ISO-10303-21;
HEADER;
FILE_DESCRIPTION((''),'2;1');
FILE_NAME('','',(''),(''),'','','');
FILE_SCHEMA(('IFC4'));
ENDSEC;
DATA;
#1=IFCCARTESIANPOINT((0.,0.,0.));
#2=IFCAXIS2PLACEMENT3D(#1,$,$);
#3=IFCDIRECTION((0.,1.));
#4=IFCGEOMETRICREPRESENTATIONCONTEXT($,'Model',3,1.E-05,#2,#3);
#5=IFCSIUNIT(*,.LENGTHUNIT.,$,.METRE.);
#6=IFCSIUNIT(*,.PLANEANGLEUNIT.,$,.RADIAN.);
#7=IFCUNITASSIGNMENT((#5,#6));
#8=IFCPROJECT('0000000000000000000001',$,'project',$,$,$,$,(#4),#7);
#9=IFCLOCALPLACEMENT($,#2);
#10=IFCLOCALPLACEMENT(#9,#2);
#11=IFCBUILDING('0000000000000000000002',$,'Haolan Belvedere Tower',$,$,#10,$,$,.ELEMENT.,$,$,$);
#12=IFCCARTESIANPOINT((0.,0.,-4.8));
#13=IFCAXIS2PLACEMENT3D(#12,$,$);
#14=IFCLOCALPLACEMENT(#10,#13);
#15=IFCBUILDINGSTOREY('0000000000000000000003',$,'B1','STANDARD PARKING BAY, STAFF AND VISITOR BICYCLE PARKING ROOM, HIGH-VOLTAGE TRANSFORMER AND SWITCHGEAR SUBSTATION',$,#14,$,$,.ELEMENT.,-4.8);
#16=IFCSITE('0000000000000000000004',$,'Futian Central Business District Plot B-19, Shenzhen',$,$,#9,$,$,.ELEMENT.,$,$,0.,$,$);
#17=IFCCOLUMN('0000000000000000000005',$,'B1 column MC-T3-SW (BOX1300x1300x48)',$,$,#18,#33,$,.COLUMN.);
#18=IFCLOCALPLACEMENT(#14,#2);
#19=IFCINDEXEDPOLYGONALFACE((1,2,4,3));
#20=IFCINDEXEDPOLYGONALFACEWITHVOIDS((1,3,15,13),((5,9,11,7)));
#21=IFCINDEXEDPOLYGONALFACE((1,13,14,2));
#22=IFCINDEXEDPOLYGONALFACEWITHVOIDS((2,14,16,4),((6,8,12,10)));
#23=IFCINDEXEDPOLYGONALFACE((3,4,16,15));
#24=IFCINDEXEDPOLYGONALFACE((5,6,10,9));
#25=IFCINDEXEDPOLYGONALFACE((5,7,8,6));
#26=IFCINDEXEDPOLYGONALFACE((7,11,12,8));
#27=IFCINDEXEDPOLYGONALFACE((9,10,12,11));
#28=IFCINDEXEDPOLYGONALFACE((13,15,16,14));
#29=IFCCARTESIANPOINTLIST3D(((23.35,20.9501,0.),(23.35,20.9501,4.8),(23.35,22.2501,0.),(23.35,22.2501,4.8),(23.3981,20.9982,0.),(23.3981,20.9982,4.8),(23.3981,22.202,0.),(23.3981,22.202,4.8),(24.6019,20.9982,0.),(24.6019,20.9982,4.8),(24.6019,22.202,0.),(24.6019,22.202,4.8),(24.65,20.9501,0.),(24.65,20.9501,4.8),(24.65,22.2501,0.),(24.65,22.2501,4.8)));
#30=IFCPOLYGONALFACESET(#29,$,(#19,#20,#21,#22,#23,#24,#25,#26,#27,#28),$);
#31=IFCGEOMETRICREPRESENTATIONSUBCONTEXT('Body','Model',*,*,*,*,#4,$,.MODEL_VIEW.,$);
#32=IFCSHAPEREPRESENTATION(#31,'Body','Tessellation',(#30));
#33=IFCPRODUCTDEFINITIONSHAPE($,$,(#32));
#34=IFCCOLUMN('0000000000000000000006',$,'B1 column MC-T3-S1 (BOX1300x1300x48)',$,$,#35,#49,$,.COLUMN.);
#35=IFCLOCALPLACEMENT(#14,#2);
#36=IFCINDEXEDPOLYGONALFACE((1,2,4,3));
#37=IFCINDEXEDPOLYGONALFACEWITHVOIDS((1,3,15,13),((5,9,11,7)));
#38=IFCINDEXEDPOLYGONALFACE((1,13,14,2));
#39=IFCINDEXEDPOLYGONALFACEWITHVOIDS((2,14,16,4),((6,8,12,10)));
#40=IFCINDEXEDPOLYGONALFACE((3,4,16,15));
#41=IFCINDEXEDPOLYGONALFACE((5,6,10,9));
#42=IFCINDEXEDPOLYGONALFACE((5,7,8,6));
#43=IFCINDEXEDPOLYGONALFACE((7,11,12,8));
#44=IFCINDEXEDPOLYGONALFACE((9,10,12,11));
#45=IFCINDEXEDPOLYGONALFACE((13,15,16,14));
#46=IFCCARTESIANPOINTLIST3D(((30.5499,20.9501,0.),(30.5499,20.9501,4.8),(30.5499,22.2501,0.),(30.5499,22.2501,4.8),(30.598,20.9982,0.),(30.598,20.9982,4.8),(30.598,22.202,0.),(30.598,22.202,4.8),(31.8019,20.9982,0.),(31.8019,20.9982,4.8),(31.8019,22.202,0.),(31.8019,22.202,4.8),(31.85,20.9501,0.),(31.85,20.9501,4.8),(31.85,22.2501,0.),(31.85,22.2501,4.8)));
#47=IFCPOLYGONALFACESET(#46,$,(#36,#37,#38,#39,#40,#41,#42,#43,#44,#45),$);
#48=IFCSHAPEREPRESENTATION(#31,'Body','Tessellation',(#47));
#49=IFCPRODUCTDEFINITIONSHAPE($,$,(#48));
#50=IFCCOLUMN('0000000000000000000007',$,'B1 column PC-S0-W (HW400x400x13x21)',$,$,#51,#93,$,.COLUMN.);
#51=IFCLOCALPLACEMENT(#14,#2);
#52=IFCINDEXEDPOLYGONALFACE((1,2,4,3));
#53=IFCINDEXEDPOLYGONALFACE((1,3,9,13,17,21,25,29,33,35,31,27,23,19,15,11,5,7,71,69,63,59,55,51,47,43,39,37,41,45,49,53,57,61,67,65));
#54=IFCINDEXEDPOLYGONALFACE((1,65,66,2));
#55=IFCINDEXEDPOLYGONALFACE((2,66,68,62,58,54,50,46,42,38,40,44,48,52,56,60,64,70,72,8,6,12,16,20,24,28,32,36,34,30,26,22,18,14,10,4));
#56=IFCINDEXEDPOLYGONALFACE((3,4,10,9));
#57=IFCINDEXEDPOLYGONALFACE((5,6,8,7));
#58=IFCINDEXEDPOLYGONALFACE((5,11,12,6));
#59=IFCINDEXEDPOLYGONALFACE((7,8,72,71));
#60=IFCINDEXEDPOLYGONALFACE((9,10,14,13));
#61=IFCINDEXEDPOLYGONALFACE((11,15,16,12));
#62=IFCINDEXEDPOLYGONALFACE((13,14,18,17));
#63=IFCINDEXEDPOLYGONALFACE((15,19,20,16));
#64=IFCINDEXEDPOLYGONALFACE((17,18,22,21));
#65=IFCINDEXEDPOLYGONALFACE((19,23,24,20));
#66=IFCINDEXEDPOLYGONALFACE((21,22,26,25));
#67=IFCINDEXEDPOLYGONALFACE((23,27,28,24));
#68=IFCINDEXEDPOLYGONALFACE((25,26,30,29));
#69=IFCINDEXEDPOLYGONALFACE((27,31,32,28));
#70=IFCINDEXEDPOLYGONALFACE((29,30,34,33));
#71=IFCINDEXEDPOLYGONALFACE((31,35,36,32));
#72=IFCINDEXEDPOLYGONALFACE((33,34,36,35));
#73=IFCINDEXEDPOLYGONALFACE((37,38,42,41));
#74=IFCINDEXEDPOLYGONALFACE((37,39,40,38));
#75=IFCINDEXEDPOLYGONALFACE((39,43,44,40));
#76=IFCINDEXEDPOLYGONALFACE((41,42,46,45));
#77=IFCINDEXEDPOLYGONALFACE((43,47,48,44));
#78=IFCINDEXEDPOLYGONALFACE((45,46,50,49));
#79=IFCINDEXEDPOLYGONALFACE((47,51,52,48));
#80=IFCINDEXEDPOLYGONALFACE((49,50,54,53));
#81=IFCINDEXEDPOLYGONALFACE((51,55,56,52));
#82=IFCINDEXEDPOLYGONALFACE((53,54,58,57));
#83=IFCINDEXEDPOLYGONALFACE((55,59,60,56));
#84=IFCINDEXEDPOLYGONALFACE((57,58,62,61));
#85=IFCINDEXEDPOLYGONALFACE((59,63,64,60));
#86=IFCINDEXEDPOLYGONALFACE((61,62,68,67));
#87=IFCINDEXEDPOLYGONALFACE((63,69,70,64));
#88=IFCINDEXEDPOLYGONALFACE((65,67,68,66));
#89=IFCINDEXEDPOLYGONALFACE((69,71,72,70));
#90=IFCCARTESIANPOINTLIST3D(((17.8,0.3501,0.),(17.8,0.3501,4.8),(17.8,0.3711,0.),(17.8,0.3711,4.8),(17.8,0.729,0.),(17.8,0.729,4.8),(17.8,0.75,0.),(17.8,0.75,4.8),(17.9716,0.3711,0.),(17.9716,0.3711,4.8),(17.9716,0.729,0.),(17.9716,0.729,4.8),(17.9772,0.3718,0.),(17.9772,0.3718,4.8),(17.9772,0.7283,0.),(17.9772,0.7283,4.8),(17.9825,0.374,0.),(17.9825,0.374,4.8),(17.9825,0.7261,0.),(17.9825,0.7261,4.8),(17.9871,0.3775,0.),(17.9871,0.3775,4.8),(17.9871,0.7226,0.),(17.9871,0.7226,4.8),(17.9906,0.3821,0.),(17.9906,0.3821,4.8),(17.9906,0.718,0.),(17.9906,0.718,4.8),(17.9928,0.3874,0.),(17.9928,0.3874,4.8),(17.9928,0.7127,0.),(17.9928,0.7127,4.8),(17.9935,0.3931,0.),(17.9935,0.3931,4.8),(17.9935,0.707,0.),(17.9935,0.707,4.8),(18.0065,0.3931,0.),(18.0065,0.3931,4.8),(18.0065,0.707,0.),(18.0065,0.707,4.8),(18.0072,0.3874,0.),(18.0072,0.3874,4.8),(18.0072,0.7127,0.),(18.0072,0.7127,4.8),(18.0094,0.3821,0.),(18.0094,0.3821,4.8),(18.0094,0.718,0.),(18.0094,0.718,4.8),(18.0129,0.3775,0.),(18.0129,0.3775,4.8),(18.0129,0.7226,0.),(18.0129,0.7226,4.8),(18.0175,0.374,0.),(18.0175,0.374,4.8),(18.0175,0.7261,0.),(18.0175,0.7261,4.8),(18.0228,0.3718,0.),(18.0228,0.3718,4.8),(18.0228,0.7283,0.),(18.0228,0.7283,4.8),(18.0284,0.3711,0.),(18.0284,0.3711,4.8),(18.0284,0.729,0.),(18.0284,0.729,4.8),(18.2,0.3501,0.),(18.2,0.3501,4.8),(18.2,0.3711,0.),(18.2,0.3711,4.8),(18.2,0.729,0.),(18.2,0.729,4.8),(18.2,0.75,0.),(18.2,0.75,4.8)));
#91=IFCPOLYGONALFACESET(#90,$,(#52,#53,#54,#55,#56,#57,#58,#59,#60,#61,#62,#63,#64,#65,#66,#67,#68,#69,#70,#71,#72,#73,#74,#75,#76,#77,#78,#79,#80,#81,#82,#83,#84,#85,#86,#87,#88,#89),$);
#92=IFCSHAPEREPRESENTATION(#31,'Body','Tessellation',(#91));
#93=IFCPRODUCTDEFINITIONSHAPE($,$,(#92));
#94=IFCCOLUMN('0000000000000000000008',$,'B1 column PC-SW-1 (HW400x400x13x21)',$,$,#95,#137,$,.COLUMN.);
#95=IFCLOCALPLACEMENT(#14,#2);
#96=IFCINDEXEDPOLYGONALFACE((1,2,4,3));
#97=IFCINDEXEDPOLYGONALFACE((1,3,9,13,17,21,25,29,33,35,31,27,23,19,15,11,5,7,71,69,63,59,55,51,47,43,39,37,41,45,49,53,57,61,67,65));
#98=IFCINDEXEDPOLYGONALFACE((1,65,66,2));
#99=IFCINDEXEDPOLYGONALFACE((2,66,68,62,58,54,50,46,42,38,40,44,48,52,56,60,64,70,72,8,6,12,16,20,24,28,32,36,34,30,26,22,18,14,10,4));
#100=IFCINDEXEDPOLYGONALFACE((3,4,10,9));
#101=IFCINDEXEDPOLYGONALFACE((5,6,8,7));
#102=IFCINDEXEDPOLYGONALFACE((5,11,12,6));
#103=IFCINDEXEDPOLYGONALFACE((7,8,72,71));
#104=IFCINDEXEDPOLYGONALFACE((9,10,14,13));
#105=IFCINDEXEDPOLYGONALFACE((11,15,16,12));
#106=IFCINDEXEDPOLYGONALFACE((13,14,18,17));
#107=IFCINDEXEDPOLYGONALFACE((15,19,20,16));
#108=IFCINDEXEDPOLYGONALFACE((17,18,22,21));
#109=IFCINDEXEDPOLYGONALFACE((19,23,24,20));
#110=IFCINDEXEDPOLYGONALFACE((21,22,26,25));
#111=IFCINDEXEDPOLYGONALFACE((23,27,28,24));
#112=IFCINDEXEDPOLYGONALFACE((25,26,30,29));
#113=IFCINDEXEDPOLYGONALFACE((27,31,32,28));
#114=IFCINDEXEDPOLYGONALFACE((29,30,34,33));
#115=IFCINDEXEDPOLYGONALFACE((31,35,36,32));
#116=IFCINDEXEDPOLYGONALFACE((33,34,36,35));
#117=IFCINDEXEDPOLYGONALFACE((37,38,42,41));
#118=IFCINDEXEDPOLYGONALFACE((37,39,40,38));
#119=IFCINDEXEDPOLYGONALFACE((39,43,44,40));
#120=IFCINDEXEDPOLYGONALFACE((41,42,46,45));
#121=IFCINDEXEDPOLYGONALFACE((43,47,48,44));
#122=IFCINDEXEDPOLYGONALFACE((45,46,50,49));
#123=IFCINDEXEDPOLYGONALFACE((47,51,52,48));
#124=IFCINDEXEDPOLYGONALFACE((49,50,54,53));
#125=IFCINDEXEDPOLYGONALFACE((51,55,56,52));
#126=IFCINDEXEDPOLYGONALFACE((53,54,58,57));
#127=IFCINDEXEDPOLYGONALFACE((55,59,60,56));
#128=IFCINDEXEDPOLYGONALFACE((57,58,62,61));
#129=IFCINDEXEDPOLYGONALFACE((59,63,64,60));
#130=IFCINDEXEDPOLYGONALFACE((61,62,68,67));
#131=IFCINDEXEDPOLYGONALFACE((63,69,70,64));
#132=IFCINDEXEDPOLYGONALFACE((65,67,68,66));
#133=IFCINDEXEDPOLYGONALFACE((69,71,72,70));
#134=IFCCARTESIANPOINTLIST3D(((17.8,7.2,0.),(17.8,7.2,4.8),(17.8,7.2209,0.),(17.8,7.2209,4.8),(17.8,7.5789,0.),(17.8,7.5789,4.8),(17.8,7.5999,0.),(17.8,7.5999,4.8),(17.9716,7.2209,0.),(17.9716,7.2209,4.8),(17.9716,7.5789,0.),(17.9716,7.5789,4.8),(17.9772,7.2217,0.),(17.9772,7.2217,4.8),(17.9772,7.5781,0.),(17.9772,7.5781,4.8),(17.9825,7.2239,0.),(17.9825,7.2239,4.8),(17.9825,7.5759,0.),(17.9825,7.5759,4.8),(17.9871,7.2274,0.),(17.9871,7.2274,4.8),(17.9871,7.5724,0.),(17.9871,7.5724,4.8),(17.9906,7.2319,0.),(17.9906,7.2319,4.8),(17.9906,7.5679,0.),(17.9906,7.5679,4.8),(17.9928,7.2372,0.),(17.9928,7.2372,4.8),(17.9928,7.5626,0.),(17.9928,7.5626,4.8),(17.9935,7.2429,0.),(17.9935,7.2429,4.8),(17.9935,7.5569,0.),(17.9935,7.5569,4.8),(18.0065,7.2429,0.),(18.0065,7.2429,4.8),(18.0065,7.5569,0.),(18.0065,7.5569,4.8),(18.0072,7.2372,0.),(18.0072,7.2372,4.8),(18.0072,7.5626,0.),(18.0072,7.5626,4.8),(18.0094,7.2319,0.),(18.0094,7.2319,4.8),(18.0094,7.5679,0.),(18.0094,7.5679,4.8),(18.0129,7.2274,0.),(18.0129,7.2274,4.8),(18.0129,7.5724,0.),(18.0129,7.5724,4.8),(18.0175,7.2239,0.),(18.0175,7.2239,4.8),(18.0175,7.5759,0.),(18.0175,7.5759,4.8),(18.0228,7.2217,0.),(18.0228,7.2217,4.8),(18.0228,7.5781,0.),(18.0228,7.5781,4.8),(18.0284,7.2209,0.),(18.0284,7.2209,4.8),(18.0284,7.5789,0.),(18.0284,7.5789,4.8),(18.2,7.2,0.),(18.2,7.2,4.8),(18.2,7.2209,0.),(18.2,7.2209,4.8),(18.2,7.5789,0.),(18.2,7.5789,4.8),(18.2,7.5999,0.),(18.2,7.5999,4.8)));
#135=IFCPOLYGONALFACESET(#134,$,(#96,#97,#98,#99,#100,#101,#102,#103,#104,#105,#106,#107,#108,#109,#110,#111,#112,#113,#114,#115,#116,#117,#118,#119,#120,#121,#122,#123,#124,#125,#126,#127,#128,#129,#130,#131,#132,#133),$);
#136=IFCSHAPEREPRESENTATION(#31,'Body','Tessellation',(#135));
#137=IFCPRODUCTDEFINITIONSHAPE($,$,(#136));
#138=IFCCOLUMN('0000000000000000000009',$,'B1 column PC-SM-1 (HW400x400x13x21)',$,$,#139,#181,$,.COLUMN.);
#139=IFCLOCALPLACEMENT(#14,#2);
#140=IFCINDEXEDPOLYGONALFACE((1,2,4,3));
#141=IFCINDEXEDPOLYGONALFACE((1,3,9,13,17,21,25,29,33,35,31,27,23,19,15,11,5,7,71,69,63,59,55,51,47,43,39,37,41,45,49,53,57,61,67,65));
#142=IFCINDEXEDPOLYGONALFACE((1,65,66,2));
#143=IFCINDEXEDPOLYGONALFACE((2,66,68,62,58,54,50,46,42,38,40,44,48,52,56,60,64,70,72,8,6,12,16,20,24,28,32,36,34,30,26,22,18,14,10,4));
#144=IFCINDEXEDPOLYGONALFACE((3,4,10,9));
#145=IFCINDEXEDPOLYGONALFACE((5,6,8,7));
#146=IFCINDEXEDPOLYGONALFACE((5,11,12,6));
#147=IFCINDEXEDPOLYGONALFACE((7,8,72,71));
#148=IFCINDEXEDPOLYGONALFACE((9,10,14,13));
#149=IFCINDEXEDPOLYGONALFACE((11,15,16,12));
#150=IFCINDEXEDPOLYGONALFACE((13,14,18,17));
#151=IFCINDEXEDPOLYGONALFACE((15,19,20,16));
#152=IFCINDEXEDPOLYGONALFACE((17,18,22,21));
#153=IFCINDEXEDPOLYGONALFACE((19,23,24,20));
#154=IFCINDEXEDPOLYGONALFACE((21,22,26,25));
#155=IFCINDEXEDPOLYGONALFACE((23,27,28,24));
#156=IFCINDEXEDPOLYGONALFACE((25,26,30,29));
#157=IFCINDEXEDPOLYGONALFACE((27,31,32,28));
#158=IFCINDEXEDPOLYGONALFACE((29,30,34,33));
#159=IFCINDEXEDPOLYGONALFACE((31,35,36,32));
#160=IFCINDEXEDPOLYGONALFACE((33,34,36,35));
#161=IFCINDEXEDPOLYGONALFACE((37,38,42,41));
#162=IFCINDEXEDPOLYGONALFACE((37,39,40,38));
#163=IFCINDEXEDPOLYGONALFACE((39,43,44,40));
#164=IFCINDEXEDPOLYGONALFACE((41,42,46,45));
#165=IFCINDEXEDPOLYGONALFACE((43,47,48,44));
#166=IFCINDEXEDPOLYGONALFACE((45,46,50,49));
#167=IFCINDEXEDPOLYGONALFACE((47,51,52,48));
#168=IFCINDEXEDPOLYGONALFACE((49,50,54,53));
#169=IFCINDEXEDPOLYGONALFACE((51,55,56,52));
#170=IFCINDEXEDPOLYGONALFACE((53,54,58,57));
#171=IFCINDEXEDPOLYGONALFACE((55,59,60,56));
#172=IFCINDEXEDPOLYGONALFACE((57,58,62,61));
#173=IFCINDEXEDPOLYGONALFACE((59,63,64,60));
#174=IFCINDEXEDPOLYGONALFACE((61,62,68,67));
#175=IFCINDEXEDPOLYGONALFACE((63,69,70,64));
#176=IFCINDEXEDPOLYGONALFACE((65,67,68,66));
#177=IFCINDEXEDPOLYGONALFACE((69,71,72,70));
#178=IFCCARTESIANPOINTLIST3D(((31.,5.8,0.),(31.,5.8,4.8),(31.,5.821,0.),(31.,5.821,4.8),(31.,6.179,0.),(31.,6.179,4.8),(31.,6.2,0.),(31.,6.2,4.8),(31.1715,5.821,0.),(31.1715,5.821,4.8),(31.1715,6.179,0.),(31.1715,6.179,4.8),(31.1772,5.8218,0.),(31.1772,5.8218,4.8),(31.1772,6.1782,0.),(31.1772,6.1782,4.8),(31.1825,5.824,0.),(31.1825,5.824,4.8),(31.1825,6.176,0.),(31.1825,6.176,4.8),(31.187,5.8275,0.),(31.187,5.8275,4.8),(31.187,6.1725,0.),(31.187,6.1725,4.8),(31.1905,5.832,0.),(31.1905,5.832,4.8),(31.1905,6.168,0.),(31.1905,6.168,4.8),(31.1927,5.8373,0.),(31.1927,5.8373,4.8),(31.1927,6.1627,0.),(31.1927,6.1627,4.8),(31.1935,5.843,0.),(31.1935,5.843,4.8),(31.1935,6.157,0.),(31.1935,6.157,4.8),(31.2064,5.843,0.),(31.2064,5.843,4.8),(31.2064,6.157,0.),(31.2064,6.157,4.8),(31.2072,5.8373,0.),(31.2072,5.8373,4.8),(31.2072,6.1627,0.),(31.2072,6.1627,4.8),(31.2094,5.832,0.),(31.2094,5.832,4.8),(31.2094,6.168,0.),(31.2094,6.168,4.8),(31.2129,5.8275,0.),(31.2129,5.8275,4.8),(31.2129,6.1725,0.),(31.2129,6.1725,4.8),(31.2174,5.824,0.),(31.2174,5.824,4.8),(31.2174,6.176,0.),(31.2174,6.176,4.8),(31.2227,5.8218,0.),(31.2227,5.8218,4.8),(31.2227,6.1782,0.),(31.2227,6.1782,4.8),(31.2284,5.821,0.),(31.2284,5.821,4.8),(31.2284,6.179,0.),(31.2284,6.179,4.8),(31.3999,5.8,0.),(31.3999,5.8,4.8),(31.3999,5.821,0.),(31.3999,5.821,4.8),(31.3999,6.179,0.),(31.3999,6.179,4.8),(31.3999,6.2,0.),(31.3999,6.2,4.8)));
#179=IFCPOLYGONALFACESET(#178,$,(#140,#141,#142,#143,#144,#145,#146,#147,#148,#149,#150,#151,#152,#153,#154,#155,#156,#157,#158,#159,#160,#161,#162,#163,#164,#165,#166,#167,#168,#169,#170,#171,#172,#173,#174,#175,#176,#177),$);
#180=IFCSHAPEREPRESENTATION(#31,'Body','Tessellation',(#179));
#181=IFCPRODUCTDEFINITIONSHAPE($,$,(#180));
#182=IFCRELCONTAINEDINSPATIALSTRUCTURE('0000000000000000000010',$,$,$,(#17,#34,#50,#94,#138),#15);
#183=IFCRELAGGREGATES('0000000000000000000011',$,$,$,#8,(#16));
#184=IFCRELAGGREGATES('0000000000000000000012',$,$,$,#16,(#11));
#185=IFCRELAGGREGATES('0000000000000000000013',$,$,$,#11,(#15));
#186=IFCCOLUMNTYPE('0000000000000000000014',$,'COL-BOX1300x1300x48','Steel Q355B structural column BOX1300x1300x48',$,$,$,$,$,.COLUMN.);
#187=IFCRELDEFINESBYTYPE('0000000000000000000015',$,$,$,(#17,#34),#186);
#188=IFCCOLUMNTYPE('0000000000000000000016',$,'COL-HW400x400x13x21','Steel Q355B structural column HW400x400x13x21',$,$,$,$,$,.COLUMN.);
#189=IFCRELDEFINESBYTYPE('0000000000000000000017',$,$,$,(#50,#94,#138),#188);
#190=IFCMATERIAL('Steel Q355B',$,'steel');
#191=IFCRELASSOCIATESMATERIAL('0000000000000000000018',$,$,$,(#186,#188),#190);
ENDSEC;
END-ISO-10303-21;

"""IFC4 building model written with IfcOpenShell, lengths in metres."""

from ifc_helpers import new_model, si_unit, direction, frame, origin, origin_2d, place, context, subcontext, project, spatial, hollow_rectangle, i_section, extrude, material, material_profile, profile_set, type_object, element, save


model = new_model("IFC4")

# Units and contexts
model_context = context("Model", 3, precision=1e-05, world=origin(), true_north=direction((0.0, 1.0)))
body_context = subcontext(model_context, "Body", "Model", "MODEL_VIEW")
ifc_project = project(units=[si_unit("LENGTHUNIT", "METRE"), si_unit("PLANEANGLEUNIT", "RADIAN")], contexts=[model_context])

# Site, building, storey
site_placement = place(None, origin())
site = spatial("IfcSite", under=ifc_project, at=site_placement, Name="Futian Central Business District Plot B-19, Shenzhen", CompositionType="ELEMENT", RefElevation=0.0)
building_placement = place(site_placement, origin())
building = spatial("IfcBuilding", under=site, at=building_placement, Name="Haolan Belvedere Tower", CompositionType="ELEMENT")
storey_placement = place(building_placement, frame((0.0, 0.0, -4.8)))
storey = spatial("IfcBuildingStorey", under=building, at=storey_placement, Name="B1", Description="STANDARD PARKING BAY, STAFF AND VISITOR BICYCLE PARKING ROOM, HIGH-VOLTAGE TRANSFORMER AND SWITCHGEAR SUBSTATION", CompositionType="ELEMENT", Elevation=-4.8)

# Columns
ifc_material_1 = material(Name="Steel Q355B", Category="steel")
ifc_material_profile_1 = material_profile(ifc_material_1, hollow_rectangle(XDim=1.3, YDim=1.3, WallThickness=0.0481, at=origin_2d()), Name="Steel Q355B")
ifc_profile_set_1 = profile_set([ifc_material_profile_1], Name="Steel Q355B")
column_type_1 = type_object("IfcColumnType", Name="COL-BOX1300x1300x48", Description="Steel Q355B structural column BOX1300x1300x48", PredefinedType="COLUMN", material=ifc_profile_set_1)
for number, where, z_axis, x_axis, name in (
    (1, (24.0, 21.6001, 0.0), (0.0, 0.0, 1.0), (1.0, 0.0, 0.0), "B1 column MC-T3-SW (BOX1300x1300x48)"),
    (2, (31.2, 21.6001, 0.0), (0.0, 0.0, 1.0), (1.0, 0.0, 0.0), "B1 column MC-T3-S1 (BOX1300x1300x48)"),
):
    element("IfcColumn", number, at=place(storey_placement, frame(where, z_axis=z_axis, x_axis=x_axis)), inside=storey, type_object=column_type_1, Name=name, PredefinedType="COLUMN", context=body_context, shape_type="SweptSolid", body=[
        extrude(hollow_rectangle(XDim=1.3, YDim=1.3, WallThickness=0.0481, at=origin_2d()), origin(), (0.0, 0.0, 1.0), 4.8),
    ])
ifc_material_profile_2 = material_profile(ifc_material_1, i_section(OverallWidth=0.3999, OverallDepth=0.3999, WebThickness=0.0129, FlangeThickness=0.021, FilletRadius=0.022, at=origin_2d()), Name="Steel Q355B")
ifc_profile_set_2 = profile_set([ifc_material_profile_2], Name="Steel Q355B")
column_type_2 = type_object("IfcColumnType", Name="COL-HW400x400x13x21", Description="Steel Q355B structural column HW400x400x13x21", PredefinedType="COLUMN", material=ifc_profile_set_2)
for number, where, z_axis, x_axis, name in (
    (3, (18.0, 0.55, 0.0), (0.0, 0.0, 1.0), (1.0, 0.0, 0.0), "B1 column PC-S0-W (HW400x400x13x21)"),
    (4, (18.0, 7.3999, 0.0), (0.0, 0.0, 1.0), (1.0, 0.0, 0.0), "B1 column PC-SW-1 (HW400x400x13x21)"),
    (5, (31.2, 6.0, 0.0), (0.0, 0.0, 1.0), (1.0, 0.0, 0.0), "B1 column PC-SM-1 (HW400x400x13x21)"),
):
    element("IfcColumn", number, at=place(storey_placement, frame(where, z_axis=z_axis, x_axis=x_axis)), inside=storey, type_object=column_type_2, Name=name, PredefinedType="COLUMN", context=body_context, shape_type="SweptSolid", body=[
        extrude(i_section(OverallWidth=0.3999, OverallDepth=0.3999, WebThickness=0.0129, FlangeThickness=0.021, FilletRadius=0.022, at=origin_2d()), origin(), (0.0, 0.0, 1.0), 4.8),
    ])

save(model, "model.ifc")
